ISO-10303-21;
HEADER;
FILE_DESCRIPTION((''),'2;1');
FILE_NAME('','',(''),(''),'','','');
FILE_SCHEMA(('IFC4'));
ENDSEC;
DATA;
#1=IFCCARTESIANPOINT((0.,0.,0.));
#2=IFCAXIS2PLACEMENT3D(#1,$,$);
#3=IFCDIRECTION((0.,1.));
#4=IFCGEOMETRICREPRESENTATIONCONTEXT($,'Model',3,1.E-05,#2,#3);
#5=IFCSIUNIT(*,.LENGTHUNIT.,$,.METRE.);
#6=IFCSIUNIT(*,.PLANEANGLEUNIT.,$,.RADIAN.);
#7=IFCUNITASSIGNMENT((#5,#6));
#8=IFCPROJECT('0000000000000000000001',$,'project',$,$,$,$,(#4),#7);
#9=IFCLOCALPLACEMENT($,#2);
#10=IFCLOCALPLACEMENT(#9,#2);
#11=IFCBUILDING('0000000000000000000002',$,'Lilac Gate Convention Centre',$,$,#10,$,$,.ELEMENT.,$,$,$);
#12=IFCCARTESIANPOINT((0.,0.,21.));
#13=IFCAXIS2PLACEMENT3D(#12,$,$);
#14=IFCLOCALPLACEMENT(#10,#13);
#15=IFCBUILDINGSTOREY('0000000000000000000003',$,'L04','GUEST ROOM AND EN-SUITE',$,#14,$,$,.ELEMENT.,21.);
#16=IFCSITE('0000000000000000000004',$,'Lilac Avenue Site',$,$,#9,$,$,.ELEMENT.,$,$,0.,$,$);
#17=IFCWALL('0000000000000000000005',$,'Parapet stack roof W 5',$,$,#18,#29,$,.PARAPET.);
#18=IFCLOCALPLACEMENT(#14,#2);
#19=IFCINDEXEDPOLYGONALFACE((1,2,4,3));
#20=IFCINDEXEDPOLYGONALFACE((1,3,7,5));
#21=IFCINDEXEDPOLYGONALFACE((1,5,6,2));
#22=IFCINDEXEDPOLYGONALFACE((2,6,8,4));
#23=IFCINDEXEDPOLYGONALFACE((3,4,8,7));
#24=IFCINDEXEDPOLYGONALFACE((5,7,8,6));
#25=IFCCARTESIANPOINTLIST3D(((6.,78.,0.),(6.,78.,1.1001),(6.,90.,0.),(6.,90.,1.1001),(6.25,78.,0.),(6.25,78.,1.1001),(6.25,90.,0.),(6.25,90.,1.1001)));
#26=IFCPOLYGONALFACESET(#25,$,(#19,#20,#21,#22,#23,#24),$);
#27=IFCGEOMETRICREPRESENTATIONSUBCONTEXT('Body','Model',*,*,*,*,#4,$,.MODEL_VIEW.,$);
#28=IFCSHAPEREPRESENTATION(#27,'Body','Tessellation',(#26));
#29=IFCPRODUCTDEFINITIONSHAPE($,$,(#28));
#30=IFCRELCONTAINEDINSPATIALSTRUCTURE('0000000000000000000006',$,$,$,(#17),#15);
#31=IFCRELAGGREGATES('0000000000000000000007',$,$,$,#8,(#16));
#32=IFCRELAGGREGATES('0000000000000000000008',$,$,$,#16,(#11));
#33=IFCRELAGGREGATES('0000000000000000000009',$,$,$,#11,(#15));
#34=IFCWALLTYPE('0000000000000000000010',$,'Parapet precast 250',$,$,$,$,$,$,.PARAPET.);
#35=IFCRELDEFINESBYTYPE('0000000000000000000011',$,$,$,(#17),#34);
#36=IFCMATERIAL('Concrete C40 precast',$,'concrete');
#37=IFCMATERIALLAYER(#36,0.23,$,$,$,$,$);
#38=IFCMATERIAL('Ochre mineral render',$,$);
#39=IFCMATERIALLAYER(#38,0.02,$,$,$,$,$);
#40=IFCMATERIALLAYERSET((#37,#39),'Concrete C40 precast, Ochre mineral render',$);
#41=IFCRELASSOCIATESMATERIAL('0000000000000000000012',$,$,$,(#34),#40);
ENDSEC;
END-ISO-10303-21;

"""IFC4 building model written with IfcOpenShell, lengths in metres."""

from ifc_helpers import new_model, si_unit, direction, frame, frame_2d, origin, place, context, subcontext, project, spatial, rectangle, extrude, material, layer, layer_set, type_object, element, save


model = new_model("IFC4")

# Units and contexts
model_context = context("Model", 3, precision=1e-05, world=origin(), true_north=direction((0.0, 1.0)))
body_context = subcontext(model_context, "Body", "Model", "MODEL_VIEW")
ifc_project = project(units=[si_unit("LENGTHUNIT", "METRE"), si_unit("PLANEANGLEUNIT", "RADIAN")], contexts=[model_context])

# Site, building, storey
site_placement = place(None, origin())
site = spatial("IfcSite", under=ifc_project, at=site_placement, Name="Lilac Avenue Site", CompositionType="ELEMENT", RefElevation=0.0)
building_placement = place(site_placement, origin())
building = spatial("IfcBuilding", under=site, at=building_placement, Name="Lilac Gate Convention Centre", CompositionType="ELEMENT")
storey_placement = place(building_placement, frame((0.0, 0.0, 21.0)))
storey = spatial("IfcBuildingStorey", under=building, at=storey_placement, Name="L04", Description="GUEST ROOM AND EN-SUITE", CompositionType="ELEMENT", Elevation=21.0)

# Wall
ifc_material_1 = material(Name="Concrete C40 precast", Category="concrete")
ifc_layer_1 = layer(ifc_material_1, 0.23)
ifc_material_2 = material(Name="Ochre mineral render")
ifc_layer_2 = layer(ifc_material_2, 0.02)
ifc_layer_set_1 = layer_set([ifc_layer_1, ifc_layer_2], Name="Concrete C40 precast, Ochre mineral render")
wall_type = type_object("IfcWallType", Name="Parapet precast 250", PredefinedType="PARAPET", material=ifc_layer_set_1)
wall_placement = place(storey_placement, frame((6.125, 78.0, 0.0), z_axis=(0.0, 0.0, 1.0), x_axis=(0.0, 1.0, 0.0)))
element("IfcWall", 1, at=wall_placement, inside=storey, type_object=wall_type, Name="Parapet stack roof W 5", PredefinedType="PARAPET", context=body_context, shape_type="SweptSolid", body=[
    extrude(rectangle(XDim=12.0, YDim=0.25, at=frame_2d((6.0, 0.0))), origin(), (0.0, 0.0, 1.0), 1.1001),
])

save(model, "model.ifc")
